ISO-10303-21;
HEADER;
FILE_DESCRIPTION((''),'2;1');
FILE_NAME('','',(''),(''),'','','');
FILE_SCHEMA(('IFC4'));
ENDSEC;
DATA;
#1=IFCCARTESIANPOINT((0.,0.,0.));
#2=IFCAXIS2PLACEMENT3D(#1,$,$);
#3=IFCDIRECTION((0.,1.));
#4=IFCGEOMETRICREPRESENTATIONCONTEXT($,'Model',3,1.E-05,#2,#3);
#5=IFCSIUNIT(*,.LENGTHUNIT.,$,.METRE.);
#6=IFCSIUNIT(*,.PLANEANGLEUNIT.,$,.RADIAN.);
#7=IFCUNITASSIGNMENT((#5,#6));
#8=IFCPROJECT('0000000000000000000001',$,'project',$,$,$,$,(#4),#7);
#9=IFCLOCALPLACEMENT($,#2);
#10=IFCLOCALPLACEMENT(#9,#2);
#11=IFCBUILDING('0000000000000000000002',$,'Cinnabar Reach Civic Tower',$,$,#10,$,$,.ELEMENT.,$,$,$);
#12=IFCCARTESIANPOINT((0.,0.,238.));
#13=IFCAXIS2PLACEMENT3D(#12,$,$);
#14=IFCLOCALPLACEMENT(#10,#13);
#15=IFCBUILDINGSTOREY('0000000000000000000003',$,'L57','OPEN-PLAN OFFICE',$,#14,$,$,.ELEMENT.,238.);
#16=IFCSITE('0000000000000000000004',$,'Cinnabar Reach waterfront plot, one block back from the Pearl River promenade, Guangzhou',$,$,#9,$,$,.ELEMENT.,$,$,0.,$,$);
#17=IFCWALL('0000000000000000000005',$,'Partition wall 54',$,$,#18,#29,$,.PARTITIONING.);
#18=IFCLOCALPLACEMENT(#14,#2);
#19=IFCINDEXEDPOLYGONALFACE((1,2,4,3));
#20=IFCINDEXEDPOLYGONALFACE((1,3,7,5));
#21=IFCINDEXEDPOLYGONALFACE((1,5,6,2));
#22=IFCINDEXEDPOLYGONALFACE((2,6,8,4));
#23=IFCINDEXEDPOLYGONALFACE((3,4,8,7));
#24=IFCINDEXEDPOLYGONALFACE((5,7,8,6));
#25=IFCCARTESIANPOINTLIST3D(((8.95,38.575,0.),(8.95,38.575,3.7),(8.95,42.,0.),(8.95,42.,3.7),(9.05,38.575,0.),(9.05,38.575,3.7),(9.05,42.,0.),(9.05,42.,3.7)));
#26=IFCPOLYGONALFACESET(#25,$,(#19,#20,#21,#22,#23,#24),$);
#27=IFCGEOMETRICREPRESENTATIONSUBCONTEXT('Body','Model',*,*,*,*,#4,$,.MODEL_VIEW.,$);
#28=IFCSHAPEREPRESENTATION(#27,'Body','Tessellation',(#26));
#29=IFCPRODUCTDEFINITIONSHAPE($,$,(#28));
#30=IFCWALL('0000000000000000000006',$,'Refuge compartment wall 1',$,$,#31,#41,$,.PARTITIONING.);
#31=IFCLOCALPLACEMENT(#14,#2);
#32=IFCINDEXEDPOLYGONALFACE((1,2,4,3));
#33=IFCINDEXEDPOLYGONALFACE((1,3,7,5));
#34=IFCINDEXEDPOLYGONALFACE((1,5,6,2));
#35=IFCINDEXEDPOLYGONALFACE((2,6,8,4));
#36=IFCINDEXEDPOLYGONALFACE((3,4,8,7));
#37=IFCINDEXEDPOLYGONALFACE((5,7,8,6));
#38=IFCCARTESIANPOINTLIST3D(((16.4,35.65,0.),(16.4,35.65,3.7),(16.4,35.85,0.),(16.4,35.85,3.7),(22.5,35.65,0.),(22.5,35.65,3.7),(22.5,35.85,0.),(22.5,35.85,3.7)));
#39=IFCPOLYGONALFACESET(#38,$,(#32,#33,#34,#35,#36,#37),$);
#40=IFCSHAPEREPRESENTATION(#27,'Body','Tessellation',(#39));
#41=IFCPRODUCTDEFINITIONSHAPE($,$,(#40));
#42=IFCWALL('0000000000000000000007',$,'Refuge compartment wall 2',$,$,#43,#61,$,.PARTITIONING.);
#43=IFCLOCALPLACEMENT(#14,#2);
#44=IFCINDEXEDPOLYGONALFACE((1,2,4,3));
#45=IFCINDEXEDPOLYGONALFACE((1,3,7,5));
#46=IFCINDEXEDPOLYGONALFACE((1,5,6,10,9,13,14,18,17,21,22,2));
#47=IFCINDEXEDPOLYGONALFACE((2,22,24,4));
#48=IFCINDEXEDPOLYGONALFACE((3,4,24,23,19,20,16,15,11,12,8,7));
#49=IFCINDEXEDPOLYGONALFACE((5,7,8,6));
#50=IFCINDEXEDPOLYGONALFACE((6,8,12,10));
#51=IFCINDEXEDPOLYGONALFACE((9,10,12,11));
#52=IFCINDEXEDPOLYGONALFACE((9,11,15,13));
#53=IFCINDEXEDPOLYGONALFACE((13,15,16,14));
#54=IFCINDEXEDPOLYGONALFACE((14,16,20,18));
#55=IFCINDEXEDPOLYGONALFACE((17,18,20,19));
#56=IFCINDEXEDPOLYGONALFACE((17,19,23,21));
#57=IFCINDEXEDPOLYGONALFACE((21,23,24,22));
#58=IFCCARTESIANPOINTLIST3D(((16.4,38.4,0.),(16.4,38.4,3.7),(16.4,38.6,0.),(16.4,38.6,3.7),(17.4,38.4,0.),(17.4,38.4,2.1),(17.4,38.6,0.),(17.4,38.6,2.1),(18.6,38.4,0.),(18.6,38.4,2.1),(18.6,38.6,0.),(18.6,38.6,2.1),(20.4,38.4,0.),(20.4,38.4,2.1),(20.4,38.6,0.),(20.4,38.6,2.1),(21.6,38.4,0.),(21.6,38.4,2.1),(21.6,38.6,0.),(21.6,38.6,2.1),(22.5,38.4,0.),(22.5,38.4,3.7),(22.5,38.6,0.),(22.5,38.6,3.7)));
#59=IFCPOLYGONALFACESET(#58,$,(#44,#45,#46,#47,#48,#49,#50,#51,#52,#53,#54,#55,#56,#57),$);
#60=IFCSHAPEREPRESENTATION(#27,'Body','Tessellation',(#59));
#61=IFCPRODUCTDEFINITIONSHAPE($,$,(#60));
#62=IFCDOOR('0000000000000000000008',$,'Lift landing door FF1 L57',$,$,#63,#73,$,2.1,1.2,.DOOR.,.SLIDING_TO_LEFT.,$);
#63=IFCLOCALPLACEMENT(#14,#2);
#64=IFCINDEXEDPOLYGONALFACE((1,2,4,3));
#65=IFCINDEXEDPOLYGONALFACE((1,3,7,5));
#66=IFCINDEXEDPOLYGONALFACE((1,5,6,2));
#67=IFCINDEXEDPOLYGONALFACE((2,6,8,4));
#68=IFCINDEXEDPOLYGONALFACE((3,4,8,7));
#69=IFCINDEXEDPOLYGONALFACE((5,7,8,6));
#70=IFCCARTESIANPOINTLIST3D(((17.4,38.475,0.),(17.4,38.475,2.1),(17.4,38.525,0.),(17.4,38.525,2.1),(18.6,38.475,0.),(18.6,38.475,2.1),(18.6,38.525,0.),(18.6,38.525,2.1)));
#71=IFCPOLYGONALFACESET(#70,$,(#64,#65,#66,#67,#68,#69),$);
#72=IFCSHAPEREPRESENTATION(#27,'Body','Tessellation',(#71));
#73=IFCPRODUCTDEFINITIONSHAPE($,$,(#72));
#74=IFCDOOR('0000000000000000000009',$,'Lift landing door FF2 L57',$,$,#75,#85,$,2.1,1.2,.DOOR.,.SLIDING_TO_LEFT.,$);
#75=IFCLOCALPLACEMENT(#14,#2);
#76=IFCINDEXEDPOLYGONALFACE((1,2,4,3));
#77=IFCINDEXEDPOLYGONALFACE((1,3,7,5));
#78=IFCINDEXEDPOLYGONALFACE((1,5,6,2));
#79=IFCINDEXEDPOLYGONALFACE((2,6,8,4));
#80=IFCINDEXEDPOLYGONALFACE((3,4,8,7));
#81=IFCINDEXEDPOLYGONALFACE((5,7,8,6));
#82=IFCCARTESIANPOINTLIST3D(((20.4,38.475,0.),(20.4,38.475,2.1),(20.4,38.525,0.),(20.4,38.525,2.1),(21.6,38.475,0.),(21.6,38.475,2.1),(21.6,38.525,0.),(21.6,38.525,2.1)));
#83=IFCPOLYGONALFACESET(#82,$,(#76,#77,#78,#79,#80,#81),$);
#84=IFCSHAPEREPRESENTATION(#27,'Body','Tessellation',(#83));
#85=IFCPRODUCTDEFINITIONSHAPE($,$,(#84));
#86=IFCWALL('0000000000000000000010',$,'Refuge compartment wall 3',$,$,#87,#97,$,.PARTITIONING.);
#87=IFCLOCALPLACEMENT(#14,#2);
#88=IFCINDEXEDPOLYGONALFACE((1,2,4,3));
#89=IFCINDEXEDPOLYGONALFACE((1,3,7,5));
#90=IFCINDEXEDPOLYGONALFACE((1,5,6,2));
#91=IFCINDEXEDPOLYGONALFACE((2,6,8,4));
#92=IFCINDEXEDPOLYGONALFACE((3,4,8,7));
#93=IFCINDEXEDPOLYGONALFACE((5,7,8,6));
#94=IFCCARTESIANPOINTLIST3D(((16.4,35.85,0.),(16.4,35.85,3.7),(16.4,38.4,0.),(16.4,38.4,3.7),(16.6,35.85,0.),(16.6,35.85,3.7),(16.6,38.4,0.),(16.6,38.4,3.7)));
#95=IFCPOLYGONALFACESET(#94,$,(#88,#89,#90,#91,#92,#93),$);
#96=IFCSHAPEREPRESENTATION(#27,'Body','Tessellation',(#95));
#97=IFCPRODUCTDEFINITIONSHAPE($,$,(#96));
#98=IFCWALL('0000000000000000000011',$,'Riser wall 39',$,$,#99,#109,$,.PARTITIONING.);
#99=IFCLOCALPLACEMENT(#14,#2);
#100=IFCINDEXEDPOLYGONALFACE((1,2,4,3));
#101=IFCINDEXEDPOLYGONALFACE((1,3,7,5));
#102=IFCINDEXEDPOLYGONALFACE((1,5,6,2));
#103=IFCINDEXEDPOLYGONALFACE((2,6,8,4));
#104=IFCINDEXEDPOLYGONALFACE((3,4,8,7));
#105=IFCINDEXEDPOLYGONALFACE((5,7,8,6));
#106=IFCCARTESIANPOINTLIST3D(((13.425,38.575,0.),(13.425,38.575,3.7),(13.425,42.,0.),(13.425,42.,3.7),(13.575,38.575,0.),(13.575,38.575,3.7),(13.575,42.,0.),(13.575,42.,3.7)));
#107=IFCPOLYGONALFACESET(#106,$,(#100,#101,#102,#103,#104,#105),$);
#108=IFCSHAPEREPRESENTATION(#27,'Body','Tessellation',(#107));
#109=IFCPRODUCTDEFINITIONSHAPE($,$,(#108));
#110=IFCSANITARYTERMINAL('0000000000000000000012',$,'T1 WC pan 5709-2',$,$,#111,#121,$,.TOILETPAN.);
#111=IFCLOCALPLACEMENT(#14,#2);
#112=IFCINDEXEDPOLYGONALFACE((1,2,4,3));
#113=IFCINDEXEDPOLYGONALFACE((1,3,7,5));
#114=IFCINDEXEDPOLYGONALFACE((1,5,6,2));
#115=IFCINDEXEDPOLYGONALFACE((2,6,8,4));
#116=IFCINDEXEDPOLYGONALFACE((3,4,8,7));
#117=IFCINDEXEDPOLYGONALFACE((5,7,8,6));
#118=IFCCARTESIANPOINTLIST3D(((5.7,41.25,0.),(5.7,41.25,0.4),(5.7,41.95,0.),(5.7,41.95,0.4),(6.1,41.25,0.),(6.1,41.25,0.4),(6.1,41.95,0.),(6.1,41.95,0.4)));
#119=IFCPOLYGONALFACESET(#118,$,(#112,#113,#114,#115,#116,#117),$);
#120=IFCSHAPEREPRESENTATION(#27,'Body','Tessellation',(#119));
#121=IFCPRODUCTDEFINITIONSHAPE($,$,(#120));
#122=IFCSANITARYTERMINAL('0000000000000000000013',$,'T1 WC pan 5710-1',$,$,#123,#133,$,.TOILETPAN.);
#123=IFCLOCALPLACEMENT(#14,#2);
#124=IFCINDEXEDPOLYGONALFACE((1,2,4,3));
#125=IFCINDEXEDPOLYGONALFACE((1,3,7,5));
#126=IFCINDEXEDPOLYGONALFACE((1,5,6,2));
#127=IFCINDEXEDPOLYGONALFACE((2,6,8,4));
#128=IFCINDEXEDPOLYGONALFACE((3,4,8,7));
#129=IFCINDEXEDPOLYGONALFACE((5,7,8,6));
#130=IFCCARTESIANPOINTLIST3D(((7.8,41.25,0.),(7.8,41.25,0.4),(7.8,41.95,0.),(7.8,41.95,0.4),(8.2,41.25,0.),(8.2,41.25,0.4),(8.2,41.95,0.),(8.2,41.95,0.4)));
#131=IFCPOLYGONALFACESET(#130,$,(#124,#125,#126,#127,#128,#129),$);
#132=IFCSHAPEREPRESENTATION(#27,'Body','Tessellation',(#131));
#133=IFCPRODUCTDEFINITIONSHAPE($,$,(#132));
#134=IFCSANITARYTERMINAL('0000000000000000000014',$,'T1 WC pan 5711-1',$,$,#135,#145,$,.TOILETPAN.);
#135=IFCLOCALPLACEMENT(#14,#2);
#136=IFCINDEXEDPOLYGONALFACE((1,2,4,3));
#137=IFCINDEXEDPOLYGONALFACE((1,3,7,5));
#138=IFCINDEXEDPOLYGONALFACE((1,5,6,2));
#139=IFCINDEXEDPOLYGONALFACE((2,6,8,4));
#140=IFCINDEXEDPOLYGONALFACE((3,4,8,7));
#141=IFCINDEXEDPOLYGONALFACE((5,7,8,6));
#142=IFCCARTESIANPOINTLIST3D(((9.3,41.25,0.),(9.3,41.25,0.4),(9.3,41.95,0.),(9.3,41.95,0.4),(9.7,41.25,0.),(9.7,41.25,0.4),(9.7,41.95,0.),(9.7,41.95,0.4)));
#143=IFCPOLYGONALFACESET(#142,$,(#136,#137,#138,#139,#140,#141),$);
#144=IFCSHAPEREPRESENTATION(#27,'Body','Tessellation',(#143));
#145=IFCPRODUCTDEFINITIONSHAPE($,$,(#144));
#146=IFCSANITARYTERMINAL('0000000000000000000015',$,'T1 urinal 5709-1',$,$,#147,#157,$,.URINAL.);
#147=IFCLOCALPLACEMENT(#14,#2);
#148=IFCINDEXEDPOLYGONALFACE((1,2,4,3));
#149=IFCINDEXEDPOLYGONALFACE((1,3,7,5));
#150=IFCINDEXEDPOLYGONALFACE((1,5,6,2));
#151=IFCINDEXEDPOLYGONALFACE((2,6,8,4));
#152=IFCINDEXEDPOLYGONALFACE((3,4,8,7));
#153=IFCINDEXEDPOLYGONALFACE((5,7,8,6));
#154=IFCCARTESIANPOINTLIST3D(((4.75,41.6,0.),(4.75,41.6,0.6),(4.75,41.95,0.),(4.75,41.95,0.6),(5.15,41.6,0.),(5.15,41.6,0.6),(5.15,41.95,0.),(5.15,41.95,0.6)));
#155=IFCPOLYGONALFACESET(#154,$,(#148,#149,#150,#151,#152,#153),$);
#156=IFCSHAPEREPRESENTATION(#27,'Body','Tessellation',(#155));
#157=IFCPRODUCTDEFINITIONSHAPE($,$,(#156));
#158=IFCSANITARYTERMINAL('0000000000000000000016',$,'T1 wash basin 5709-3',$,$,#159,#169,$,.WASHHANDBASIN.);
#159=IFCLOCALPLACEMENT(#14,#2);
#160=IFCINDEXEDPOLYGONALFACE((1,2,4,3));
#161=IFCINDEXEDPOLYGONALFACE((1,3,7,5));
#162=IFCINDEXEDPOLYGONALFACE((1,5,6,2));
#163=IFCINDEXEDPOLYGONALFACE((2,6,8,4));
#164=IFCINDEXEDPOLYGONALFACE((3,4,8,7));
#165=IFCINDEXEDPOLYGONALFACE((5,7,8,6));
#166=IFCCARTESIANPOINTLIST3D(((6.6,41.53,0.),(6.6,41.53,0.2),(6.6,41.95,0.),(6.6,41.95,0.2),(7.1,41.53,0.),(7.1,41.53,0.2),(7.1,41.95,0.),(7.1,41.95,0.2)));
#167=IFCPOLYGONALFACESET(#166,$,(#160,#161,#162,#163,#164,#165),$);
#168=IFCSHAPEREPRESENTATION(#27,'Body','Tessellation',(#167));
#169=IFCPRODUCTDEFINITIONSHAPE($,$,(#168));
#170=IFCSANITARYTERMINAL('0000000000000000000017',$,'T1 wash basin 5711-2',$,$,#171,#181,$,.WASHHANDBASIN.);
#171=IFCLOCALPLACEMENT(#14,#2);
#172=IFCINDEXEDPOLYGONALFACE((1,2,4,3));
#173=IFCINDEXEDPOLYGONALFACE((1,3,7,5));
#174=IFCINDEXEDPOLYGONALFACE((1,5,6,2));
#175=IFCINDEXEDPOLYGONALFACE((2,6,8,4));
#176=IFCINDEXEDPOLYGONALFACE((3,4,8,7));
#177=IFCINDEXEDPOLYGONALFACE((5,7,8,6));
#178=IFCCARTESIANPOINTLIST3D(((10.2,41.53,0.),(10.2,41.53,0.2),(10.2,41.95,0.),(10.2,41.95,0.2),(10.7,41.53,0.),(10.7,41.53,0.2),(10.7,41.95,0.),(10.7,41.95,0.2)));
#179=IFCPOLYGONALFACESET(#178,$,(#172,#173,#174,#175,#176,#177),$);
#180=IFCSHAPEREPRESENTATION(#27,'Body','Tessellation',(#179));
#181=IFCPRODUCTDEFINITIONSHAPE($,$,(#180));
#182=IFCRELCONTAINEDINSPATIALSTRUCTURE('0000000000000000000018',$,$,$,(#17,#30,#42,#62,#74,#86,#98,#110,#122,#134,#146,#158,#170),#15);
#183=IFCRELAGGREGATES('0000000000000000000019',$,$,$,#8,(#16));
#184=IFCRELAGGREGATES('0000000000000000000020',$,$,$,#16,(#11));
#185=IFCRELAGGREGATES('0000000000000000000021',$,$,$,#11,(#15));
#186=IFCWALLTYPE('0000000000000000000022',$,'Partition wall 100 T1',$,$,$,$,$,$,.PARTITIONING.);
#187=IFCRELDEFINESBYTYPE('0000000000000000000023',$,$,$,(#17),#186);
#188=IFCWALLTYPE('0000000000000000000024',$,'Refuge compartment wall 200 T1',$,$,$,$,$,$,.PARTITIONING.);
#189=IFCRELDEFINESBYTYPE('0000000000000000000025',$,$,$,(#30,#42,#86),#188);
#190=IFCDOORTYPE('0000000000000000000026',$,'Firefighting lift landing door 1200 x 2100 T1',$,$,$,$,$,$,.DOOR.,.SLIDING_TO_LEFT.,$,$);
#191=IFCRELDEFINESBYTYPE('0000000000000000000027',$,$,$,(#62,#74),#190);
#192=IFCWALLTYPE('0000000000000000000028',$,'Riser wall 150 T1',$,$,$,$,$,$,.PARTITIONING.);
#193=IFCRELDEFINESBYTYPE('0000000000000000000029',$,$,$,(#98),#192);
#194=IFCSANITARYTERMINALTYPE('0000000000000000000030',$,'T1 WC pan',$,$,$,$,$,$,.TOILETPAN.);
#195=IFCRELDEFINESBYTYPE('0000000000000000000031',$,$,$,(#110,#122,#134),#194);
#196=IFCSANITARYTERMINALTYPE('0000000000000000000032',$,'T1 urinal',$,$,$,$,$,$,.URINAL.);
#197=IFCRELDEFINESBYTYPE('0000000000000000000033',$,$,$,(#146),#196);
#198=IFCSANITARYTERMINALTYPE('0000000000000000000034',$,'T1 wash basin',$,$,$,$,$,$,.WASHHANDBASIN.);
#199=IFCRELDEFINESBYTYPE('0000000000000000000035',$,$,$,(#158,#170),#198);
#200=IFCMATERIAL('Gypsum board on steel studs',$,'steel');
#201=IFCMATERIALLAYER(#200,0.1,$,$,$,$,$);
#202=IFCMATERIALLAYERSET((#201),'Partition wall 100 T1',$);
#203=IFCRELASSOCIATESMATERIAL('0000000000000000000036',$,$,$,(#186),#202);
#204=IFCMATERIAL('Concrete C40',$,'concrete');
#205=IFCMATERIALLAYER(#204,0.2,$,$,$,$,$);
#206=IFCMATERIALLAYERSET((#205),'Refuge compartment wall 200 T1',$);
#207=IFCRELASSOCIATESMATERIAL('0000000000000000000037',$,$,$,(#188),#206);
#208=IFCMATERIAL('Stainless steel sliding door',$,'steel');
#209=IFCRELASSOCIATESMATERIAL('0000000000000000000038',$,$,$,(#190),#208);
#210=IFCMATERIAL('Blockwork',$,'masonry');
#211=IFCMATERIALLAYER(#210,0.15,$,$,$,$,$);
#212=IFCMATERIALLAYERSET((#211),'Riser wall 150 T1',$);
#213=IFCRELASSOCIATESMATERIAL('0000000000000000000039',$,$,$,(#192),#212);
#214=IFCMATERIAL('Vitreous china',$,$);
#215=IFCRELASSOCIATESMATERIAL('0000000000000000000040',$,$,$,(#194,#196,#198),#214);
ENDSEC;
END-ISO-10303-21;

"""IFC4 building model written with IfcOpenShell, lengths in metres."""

from ifc_helpers import new_model, si_unit, direction, frame, frame_2d, origin, origin_2d, place, context, subcontext, project, spatial, rectangle, extrude, material, layer, layer_set, type_object, element, fill, save


model = new_model("IFC4")

# Units and contexts
model_context = context("Model", 3, precision=1e-05, world=origin(), true_north=direction((0.0, 1.0)))
body_context = subcontext(model_context, "Body", "Model", "MODEL_VIEW")
ifc_project = project(units=[si_unit("LENGTHUNIT", "METRE"), si_unit("PLANEANGLEUNIT", "RADIAN")], contexts=[model_context])

# Site, building, storey
site_placement = place(None, origin())
site = spatial("IfcSite", under=ifc_project, at=site_placement, Name="Cinnabar Reach waterfront plot, one block back from the Pearl River promenade, Guangzhou", CompositionType="ELEMENT", RefElevation=0.0)
building_placement = place(site_placement, origin())
building = spatial("IfcBuilding", under=site, at=building_placement, Name="Cinnabar Reach Civic Tower", CompositionType="ELEMENT")
storey_placement = place(building_placement, frame((0.0, 0.0, 238.0)))
storey = spatial("IfcBuildingStorey", under=building, at=storey_placement, Name="L57", Description="OPEN-PLAN OFFICE", CompositionType="ELEMENT", Elevation=238.0)

# Shared definitions
ifc_material_1 = material(Name="Blockwork", Category="masonry")
ifc_material_2 = material(Name="Stainless steel sliding door", Category="steel")

# Walls
ifc_material_3 = material(Name="Gypsum board on steel studs", Category="steel")
ifc_layer_1 = layer(ifc_material_3, 0.1)
ifc_layer_set_1 = layer_set([ifc_layer_1], Name="Partition wall 100 T1")
wall_type_1 = type_object("IfcWallType", Name="Partition wall 100 T1", PredefinedType="PARTITIONING", material=ifc_layer_set_1)
for number, where, z_axis, x_axis, name in (
    (1, (9.0, 38.575, 0.0), (0.0, 0.0, 1.0), (0.0, 1.0, 0.0), "Partition wall 54"),
):
    element("IfcWall", number, at=place(storey_placement, frame(where, z_axis=z_axis, x_axis=x_axis)), inside=storey, type_object=wall_type_1, Name=name, PredefinedType="PARTITIONING", context=body_context, shape_type="SweptSolid", body=[
        extrude(rectangle(XDim=3.425, YDim=0.1, at=frame_2d((1.7125, 0.0))), origin(), (0.0, 0.0, 1.0), 3.7),
    ])
ifc_material_4 = material(Name="Concrete C40", Category="concrete")
ifc_layer_2 = layer(ifc_material_4, 0.2)
ifc_layer_set_2 = layer_set([ifc_layer_2], Name="Refuge compartment wall 200 T1")
wall_type_2 = type_object("IfcWallType", Name="Refuge compartment wall 200 T1", PredefinedType="PARTITIONING", material=ifc_layer_set_2)
wall_1_placement = place(storey_placement, frame((16.4, 35.75, 0.0), z_axis=(0.0, 0.0, 1.0), x_axis=(1.0, 0.0, 0.0)))
element("IfcWall", 2, at=wall_1_placement, inside=storey, type_object=wall_type_2, Name="Refuge compartment wall 1", PredefinedType="PARTITIONING", context=body_context, shape_type="SweptSolid", body=[
    extrude(rectangle(XDim=6.1, YDim=0.2, at=frame_2d((3.05, 0.0))), origin(), (0.0, 0.0, 1.0), 3.7),
])

# Wall, openings, doors
wall_2_placement = place(storey_placement, frame((16.4, 38.5, 0.0), z_axis=(0.0, 0.0, 1.0), x_axis=(1.0, 0.0, 0.0)))
wall_2 = element("IfcWall", 3, at=wall_2_placement, inside=storey, type_object=wall_type_2, Name="Refuge compartment wall 2", PredefinedType="PARTITIONING", context=body_context, shape_type="SweptSolid", body=[
    extrude(rectangle(XDim=6.1, YDim=0.2, at=frame_2d((3.05, 0.0))), origin(), (0.0, 0.0, 1.0), 3.7),
])
opening_1_placement = place(wall_2_placement, frame((1.0, 0.0, 0.0)))
opening_1 = element("IfcOpeningElement", 4, at=opening_1_placement, cuts=wall_2, PredefinedType="OPENING", context=body_context, shape_type="SweptSolid", body=[
    extrude(rectangle(XDim=1.2, YDim=2.1, at=frame_2d((0.6, 1.05))), frame((0.0, 0.11, 0.0), z_axis=(0.0, -1.0, 0.0), x_axis=(1.0, 0.0, 0.0)), (0.0, 0.0, 1.0), 0.22),
])
opening_2_placement = place(wall_2_placement, frame((4.0, 0.0, 0.0)))
opening_2 = element("IfcOpeningElement", 5, at=opening_2_placement, cuts=wall_2, PredefinedType="OPENING", context=body_context, shape_type="SweptSolid", body=[
    extrude(rectangle(XDim=1.2, YDim=2.1, at=frame_2d((0.6, 1.05))), frame((0.0, 0.11, 0.0), z_axis=(0.0, -1.0, 0.0), x_axis=(1.0, 0.0, 0.0)), (0.0, 0.0, 1.0), 0.22),
])
door_type_1 = type_object("IfcDoorType", Name="Firefighting lift landing door 1200 x 2100 T1", OperationType="SLIDING_TO_LEFT", PredefinedType="DOOR", material=ifc_material_2)
door_1_placement = place(opening_1_placement, origin())
door_1 = element("IfcDoor", 6, at=door_1_placement, inside=storey, type_object=door_type_1, Name="Lift landing door FF1 L57", OperationType="SLIDING_TO_LEFT", OverallHeight=2.1, OverallWidth=1.2, PredefinedType="DOOR", context=body_context, shape_type="SweptSolid", body=[
    extrude(rectangle(XDim=1.2, YDim=2.1, at=frame_2d((0.6, 1.05))), frame((0.0, 0.025, 0.0), z_axis=(0.0, -1.0, 0.0), x_axis=(1.0, 0.0, 0.0)), (0.0, 0.0, 1.0), 0.05),
])
fill(opening_1, door_1)
door_2_placement = place(opening_2_placement, origin())
door_2 = element("IfcDoor", 7, at=door_2_placement, inside=storey, type_object=door_type_1, Name="Lift landing door FF2 L57", OperationType="SLIDING_TO_LEFT", OverallHeight=2.1, OverallWidth=1.2, PredefinedType="DOOR", context=body_context, shape_type="SweptSolid", body=[
    extrude(rectangle(XDim=1.2, YDim=2.1, at=frame_2d((0.6, 1.05))), frame((0.0, 0.025, 0.0), z_axis=(0.0, -1.0, 0.0), x_axis=(1.0, 0.0, 0.0)), (0.0, 0.0, 1.0), 0.05),
])
fill(opening_2, door_2)

# Walls
wall_3_placement = place(storey_placement, frame((16.5, 35.85, 0.0), z_axis=(0.0, 0.0, 1.0), x_axis=(0.0, 1.0, 0.0)))
element("IfcWall", 8, at=wall_3_placement, inside=storey, type_object=wall_type_2, Name="Refuge compartment wall 3", PredefinedType="PARTITIONING", context=body_context, shape_type="SweptSolid", body=[
    extrude(rectangle(XDim=2.55, YDim=0.2, at=frame_2d((1.275, 0.0))), origin(), (0.0, 0.0, 1.0), 3.7),
])
ifc_layer_3 = layer(ifc_material_1, 0.15)
ifc_layer_set_3 = layer_set([ifc_layer_3], Name="Riser wall 150 T1")
wall_type_3 = type_object("IfcWallType", Name="Riser wall 150 T1", PredefinedType="PARTITIONING", material=ifc_layer_set_3)
wall_4_placement = place(storey_placement, frame((13.5, 38.575, 0.0), z_axis=(0.0, 0.0, 1.0), x_axis=(0.0, 1.0, 0.0)))
element("IfcWall", 9, at=wall_4_placement, inside=storey, type_object=wall_type_3, Name="Riser wall 39", PredefinedType="PARTITIONING", context=body_context, shape_type="SweptSolid", body=[
    extrude(rectangle(XDim=3.425, YDim=0.15, at=frame_2d((1.7125, 0.0))), origin(), (0.0, 0.0, 1.0), 3.7),
])

# Sanitary terminals
ifc_material_5 = material(Name="Vitreous china")
sanitary_terminal_type_1 = type_object("IfcSanitaryTerminalType", Name="T1 WC pan", PredefinedType="TOILETPAN", material=ifc_material_5)
for number, where, z_axis, x_axis, name in (
    (10, (5.9, 41.6, 0.0), (0.0, 0.0, 1.0), (1.0, 0.0, 0.0), "T1 WC pan 5709-2"),
    (11, (8.0, 41.6, 0.0), (0.0, 0.0, 1.0), (1.0, 0.0, 0.0), "T1 WC pan 5710-1"),
    (12, (9.5, 41.6, 0.0), (0.0, 0.0, 1.0), (1.0, 0.0, 0.0), "T1 WC pan 5711-1"),
):
    element("IfcSanitaryTerminal", number, at=place(storey_placement, frame(where, z_axis=z_axis, x_axis=x_axis)), inside=storey, type_object=sanitary_terminal_type_1, Name=name, PredefinedType="TOILETPAN", context=body_context, shape_type="SweptSolid", body=[
        extrude(rectangle(XDim=0.4, YDim=0.7, at=origin_2d()), origin(), (0.0, 0.0, 1.0), 0.4),
    ])
sanitary_terminal_type_2 = type_object("IfcSanitaryTerminalType", Name="T1 urinal", PredefinedType="URINAL", material=ifc_material_5)
sanitary_terminal_placement = place(storey_placement, frame((4.95, 41.775, 0.0), z_axis=(0.0, 0.0, 1.0), x_axis=(1.0, 0.0, 0.0)))
element("IfcSanitaryTerminal", 13, at=sanitary_terminal_placement, inside=storey, type_object=sanitary_terminal_type_2, Name="T1 urinal 5709-1", PredefinedType="URINAL", context=body_context, shape_type="SweptSolid", body=[
    extrude(rectangle(XDim=0.4, YDim=0.35, at=origin_2d()), origin(), (0.0, 0.0, 1.0), 0.6),
])
sanitary_terminal_type_3 = type_object("IfcSanitaryTerminalType", Name="T1 wash basin", PredefinedType="WASHHANDBASIN", material=ifc_material_5)
for number, where, z_axis, x_axis, name in (
    (14, (6.85, 41.74, 0.0), (0.0, 0.0, 1.0), (1.0, 0.0, 0.0), "T1 wash basin 5709-3"),
    (15, (10.45, 41.74, 0.0), (0.0, 0.0, 1.0), (1.0, 0.0, 0.0), "T1 wash basin 5711-2"),
):
    element("IfcSanitaryTerminal", number, at=place(storey_placement, frame(where, z_axis=z_axis, x_axis=x_axis)), inside=storey, type_object=sanitary_terminal_type_3, Name=name, PredefinedType="WASHHANDBASIN", context=body_context, shape_type="SweptSolid", body=[
        extrude(rectangle(XDim=0.5, YDim=0.42, at=origin_2d()), origin(), (0.0, 0.0, 1.0), 0.2),
    ])

save(model, "model.ifc")
